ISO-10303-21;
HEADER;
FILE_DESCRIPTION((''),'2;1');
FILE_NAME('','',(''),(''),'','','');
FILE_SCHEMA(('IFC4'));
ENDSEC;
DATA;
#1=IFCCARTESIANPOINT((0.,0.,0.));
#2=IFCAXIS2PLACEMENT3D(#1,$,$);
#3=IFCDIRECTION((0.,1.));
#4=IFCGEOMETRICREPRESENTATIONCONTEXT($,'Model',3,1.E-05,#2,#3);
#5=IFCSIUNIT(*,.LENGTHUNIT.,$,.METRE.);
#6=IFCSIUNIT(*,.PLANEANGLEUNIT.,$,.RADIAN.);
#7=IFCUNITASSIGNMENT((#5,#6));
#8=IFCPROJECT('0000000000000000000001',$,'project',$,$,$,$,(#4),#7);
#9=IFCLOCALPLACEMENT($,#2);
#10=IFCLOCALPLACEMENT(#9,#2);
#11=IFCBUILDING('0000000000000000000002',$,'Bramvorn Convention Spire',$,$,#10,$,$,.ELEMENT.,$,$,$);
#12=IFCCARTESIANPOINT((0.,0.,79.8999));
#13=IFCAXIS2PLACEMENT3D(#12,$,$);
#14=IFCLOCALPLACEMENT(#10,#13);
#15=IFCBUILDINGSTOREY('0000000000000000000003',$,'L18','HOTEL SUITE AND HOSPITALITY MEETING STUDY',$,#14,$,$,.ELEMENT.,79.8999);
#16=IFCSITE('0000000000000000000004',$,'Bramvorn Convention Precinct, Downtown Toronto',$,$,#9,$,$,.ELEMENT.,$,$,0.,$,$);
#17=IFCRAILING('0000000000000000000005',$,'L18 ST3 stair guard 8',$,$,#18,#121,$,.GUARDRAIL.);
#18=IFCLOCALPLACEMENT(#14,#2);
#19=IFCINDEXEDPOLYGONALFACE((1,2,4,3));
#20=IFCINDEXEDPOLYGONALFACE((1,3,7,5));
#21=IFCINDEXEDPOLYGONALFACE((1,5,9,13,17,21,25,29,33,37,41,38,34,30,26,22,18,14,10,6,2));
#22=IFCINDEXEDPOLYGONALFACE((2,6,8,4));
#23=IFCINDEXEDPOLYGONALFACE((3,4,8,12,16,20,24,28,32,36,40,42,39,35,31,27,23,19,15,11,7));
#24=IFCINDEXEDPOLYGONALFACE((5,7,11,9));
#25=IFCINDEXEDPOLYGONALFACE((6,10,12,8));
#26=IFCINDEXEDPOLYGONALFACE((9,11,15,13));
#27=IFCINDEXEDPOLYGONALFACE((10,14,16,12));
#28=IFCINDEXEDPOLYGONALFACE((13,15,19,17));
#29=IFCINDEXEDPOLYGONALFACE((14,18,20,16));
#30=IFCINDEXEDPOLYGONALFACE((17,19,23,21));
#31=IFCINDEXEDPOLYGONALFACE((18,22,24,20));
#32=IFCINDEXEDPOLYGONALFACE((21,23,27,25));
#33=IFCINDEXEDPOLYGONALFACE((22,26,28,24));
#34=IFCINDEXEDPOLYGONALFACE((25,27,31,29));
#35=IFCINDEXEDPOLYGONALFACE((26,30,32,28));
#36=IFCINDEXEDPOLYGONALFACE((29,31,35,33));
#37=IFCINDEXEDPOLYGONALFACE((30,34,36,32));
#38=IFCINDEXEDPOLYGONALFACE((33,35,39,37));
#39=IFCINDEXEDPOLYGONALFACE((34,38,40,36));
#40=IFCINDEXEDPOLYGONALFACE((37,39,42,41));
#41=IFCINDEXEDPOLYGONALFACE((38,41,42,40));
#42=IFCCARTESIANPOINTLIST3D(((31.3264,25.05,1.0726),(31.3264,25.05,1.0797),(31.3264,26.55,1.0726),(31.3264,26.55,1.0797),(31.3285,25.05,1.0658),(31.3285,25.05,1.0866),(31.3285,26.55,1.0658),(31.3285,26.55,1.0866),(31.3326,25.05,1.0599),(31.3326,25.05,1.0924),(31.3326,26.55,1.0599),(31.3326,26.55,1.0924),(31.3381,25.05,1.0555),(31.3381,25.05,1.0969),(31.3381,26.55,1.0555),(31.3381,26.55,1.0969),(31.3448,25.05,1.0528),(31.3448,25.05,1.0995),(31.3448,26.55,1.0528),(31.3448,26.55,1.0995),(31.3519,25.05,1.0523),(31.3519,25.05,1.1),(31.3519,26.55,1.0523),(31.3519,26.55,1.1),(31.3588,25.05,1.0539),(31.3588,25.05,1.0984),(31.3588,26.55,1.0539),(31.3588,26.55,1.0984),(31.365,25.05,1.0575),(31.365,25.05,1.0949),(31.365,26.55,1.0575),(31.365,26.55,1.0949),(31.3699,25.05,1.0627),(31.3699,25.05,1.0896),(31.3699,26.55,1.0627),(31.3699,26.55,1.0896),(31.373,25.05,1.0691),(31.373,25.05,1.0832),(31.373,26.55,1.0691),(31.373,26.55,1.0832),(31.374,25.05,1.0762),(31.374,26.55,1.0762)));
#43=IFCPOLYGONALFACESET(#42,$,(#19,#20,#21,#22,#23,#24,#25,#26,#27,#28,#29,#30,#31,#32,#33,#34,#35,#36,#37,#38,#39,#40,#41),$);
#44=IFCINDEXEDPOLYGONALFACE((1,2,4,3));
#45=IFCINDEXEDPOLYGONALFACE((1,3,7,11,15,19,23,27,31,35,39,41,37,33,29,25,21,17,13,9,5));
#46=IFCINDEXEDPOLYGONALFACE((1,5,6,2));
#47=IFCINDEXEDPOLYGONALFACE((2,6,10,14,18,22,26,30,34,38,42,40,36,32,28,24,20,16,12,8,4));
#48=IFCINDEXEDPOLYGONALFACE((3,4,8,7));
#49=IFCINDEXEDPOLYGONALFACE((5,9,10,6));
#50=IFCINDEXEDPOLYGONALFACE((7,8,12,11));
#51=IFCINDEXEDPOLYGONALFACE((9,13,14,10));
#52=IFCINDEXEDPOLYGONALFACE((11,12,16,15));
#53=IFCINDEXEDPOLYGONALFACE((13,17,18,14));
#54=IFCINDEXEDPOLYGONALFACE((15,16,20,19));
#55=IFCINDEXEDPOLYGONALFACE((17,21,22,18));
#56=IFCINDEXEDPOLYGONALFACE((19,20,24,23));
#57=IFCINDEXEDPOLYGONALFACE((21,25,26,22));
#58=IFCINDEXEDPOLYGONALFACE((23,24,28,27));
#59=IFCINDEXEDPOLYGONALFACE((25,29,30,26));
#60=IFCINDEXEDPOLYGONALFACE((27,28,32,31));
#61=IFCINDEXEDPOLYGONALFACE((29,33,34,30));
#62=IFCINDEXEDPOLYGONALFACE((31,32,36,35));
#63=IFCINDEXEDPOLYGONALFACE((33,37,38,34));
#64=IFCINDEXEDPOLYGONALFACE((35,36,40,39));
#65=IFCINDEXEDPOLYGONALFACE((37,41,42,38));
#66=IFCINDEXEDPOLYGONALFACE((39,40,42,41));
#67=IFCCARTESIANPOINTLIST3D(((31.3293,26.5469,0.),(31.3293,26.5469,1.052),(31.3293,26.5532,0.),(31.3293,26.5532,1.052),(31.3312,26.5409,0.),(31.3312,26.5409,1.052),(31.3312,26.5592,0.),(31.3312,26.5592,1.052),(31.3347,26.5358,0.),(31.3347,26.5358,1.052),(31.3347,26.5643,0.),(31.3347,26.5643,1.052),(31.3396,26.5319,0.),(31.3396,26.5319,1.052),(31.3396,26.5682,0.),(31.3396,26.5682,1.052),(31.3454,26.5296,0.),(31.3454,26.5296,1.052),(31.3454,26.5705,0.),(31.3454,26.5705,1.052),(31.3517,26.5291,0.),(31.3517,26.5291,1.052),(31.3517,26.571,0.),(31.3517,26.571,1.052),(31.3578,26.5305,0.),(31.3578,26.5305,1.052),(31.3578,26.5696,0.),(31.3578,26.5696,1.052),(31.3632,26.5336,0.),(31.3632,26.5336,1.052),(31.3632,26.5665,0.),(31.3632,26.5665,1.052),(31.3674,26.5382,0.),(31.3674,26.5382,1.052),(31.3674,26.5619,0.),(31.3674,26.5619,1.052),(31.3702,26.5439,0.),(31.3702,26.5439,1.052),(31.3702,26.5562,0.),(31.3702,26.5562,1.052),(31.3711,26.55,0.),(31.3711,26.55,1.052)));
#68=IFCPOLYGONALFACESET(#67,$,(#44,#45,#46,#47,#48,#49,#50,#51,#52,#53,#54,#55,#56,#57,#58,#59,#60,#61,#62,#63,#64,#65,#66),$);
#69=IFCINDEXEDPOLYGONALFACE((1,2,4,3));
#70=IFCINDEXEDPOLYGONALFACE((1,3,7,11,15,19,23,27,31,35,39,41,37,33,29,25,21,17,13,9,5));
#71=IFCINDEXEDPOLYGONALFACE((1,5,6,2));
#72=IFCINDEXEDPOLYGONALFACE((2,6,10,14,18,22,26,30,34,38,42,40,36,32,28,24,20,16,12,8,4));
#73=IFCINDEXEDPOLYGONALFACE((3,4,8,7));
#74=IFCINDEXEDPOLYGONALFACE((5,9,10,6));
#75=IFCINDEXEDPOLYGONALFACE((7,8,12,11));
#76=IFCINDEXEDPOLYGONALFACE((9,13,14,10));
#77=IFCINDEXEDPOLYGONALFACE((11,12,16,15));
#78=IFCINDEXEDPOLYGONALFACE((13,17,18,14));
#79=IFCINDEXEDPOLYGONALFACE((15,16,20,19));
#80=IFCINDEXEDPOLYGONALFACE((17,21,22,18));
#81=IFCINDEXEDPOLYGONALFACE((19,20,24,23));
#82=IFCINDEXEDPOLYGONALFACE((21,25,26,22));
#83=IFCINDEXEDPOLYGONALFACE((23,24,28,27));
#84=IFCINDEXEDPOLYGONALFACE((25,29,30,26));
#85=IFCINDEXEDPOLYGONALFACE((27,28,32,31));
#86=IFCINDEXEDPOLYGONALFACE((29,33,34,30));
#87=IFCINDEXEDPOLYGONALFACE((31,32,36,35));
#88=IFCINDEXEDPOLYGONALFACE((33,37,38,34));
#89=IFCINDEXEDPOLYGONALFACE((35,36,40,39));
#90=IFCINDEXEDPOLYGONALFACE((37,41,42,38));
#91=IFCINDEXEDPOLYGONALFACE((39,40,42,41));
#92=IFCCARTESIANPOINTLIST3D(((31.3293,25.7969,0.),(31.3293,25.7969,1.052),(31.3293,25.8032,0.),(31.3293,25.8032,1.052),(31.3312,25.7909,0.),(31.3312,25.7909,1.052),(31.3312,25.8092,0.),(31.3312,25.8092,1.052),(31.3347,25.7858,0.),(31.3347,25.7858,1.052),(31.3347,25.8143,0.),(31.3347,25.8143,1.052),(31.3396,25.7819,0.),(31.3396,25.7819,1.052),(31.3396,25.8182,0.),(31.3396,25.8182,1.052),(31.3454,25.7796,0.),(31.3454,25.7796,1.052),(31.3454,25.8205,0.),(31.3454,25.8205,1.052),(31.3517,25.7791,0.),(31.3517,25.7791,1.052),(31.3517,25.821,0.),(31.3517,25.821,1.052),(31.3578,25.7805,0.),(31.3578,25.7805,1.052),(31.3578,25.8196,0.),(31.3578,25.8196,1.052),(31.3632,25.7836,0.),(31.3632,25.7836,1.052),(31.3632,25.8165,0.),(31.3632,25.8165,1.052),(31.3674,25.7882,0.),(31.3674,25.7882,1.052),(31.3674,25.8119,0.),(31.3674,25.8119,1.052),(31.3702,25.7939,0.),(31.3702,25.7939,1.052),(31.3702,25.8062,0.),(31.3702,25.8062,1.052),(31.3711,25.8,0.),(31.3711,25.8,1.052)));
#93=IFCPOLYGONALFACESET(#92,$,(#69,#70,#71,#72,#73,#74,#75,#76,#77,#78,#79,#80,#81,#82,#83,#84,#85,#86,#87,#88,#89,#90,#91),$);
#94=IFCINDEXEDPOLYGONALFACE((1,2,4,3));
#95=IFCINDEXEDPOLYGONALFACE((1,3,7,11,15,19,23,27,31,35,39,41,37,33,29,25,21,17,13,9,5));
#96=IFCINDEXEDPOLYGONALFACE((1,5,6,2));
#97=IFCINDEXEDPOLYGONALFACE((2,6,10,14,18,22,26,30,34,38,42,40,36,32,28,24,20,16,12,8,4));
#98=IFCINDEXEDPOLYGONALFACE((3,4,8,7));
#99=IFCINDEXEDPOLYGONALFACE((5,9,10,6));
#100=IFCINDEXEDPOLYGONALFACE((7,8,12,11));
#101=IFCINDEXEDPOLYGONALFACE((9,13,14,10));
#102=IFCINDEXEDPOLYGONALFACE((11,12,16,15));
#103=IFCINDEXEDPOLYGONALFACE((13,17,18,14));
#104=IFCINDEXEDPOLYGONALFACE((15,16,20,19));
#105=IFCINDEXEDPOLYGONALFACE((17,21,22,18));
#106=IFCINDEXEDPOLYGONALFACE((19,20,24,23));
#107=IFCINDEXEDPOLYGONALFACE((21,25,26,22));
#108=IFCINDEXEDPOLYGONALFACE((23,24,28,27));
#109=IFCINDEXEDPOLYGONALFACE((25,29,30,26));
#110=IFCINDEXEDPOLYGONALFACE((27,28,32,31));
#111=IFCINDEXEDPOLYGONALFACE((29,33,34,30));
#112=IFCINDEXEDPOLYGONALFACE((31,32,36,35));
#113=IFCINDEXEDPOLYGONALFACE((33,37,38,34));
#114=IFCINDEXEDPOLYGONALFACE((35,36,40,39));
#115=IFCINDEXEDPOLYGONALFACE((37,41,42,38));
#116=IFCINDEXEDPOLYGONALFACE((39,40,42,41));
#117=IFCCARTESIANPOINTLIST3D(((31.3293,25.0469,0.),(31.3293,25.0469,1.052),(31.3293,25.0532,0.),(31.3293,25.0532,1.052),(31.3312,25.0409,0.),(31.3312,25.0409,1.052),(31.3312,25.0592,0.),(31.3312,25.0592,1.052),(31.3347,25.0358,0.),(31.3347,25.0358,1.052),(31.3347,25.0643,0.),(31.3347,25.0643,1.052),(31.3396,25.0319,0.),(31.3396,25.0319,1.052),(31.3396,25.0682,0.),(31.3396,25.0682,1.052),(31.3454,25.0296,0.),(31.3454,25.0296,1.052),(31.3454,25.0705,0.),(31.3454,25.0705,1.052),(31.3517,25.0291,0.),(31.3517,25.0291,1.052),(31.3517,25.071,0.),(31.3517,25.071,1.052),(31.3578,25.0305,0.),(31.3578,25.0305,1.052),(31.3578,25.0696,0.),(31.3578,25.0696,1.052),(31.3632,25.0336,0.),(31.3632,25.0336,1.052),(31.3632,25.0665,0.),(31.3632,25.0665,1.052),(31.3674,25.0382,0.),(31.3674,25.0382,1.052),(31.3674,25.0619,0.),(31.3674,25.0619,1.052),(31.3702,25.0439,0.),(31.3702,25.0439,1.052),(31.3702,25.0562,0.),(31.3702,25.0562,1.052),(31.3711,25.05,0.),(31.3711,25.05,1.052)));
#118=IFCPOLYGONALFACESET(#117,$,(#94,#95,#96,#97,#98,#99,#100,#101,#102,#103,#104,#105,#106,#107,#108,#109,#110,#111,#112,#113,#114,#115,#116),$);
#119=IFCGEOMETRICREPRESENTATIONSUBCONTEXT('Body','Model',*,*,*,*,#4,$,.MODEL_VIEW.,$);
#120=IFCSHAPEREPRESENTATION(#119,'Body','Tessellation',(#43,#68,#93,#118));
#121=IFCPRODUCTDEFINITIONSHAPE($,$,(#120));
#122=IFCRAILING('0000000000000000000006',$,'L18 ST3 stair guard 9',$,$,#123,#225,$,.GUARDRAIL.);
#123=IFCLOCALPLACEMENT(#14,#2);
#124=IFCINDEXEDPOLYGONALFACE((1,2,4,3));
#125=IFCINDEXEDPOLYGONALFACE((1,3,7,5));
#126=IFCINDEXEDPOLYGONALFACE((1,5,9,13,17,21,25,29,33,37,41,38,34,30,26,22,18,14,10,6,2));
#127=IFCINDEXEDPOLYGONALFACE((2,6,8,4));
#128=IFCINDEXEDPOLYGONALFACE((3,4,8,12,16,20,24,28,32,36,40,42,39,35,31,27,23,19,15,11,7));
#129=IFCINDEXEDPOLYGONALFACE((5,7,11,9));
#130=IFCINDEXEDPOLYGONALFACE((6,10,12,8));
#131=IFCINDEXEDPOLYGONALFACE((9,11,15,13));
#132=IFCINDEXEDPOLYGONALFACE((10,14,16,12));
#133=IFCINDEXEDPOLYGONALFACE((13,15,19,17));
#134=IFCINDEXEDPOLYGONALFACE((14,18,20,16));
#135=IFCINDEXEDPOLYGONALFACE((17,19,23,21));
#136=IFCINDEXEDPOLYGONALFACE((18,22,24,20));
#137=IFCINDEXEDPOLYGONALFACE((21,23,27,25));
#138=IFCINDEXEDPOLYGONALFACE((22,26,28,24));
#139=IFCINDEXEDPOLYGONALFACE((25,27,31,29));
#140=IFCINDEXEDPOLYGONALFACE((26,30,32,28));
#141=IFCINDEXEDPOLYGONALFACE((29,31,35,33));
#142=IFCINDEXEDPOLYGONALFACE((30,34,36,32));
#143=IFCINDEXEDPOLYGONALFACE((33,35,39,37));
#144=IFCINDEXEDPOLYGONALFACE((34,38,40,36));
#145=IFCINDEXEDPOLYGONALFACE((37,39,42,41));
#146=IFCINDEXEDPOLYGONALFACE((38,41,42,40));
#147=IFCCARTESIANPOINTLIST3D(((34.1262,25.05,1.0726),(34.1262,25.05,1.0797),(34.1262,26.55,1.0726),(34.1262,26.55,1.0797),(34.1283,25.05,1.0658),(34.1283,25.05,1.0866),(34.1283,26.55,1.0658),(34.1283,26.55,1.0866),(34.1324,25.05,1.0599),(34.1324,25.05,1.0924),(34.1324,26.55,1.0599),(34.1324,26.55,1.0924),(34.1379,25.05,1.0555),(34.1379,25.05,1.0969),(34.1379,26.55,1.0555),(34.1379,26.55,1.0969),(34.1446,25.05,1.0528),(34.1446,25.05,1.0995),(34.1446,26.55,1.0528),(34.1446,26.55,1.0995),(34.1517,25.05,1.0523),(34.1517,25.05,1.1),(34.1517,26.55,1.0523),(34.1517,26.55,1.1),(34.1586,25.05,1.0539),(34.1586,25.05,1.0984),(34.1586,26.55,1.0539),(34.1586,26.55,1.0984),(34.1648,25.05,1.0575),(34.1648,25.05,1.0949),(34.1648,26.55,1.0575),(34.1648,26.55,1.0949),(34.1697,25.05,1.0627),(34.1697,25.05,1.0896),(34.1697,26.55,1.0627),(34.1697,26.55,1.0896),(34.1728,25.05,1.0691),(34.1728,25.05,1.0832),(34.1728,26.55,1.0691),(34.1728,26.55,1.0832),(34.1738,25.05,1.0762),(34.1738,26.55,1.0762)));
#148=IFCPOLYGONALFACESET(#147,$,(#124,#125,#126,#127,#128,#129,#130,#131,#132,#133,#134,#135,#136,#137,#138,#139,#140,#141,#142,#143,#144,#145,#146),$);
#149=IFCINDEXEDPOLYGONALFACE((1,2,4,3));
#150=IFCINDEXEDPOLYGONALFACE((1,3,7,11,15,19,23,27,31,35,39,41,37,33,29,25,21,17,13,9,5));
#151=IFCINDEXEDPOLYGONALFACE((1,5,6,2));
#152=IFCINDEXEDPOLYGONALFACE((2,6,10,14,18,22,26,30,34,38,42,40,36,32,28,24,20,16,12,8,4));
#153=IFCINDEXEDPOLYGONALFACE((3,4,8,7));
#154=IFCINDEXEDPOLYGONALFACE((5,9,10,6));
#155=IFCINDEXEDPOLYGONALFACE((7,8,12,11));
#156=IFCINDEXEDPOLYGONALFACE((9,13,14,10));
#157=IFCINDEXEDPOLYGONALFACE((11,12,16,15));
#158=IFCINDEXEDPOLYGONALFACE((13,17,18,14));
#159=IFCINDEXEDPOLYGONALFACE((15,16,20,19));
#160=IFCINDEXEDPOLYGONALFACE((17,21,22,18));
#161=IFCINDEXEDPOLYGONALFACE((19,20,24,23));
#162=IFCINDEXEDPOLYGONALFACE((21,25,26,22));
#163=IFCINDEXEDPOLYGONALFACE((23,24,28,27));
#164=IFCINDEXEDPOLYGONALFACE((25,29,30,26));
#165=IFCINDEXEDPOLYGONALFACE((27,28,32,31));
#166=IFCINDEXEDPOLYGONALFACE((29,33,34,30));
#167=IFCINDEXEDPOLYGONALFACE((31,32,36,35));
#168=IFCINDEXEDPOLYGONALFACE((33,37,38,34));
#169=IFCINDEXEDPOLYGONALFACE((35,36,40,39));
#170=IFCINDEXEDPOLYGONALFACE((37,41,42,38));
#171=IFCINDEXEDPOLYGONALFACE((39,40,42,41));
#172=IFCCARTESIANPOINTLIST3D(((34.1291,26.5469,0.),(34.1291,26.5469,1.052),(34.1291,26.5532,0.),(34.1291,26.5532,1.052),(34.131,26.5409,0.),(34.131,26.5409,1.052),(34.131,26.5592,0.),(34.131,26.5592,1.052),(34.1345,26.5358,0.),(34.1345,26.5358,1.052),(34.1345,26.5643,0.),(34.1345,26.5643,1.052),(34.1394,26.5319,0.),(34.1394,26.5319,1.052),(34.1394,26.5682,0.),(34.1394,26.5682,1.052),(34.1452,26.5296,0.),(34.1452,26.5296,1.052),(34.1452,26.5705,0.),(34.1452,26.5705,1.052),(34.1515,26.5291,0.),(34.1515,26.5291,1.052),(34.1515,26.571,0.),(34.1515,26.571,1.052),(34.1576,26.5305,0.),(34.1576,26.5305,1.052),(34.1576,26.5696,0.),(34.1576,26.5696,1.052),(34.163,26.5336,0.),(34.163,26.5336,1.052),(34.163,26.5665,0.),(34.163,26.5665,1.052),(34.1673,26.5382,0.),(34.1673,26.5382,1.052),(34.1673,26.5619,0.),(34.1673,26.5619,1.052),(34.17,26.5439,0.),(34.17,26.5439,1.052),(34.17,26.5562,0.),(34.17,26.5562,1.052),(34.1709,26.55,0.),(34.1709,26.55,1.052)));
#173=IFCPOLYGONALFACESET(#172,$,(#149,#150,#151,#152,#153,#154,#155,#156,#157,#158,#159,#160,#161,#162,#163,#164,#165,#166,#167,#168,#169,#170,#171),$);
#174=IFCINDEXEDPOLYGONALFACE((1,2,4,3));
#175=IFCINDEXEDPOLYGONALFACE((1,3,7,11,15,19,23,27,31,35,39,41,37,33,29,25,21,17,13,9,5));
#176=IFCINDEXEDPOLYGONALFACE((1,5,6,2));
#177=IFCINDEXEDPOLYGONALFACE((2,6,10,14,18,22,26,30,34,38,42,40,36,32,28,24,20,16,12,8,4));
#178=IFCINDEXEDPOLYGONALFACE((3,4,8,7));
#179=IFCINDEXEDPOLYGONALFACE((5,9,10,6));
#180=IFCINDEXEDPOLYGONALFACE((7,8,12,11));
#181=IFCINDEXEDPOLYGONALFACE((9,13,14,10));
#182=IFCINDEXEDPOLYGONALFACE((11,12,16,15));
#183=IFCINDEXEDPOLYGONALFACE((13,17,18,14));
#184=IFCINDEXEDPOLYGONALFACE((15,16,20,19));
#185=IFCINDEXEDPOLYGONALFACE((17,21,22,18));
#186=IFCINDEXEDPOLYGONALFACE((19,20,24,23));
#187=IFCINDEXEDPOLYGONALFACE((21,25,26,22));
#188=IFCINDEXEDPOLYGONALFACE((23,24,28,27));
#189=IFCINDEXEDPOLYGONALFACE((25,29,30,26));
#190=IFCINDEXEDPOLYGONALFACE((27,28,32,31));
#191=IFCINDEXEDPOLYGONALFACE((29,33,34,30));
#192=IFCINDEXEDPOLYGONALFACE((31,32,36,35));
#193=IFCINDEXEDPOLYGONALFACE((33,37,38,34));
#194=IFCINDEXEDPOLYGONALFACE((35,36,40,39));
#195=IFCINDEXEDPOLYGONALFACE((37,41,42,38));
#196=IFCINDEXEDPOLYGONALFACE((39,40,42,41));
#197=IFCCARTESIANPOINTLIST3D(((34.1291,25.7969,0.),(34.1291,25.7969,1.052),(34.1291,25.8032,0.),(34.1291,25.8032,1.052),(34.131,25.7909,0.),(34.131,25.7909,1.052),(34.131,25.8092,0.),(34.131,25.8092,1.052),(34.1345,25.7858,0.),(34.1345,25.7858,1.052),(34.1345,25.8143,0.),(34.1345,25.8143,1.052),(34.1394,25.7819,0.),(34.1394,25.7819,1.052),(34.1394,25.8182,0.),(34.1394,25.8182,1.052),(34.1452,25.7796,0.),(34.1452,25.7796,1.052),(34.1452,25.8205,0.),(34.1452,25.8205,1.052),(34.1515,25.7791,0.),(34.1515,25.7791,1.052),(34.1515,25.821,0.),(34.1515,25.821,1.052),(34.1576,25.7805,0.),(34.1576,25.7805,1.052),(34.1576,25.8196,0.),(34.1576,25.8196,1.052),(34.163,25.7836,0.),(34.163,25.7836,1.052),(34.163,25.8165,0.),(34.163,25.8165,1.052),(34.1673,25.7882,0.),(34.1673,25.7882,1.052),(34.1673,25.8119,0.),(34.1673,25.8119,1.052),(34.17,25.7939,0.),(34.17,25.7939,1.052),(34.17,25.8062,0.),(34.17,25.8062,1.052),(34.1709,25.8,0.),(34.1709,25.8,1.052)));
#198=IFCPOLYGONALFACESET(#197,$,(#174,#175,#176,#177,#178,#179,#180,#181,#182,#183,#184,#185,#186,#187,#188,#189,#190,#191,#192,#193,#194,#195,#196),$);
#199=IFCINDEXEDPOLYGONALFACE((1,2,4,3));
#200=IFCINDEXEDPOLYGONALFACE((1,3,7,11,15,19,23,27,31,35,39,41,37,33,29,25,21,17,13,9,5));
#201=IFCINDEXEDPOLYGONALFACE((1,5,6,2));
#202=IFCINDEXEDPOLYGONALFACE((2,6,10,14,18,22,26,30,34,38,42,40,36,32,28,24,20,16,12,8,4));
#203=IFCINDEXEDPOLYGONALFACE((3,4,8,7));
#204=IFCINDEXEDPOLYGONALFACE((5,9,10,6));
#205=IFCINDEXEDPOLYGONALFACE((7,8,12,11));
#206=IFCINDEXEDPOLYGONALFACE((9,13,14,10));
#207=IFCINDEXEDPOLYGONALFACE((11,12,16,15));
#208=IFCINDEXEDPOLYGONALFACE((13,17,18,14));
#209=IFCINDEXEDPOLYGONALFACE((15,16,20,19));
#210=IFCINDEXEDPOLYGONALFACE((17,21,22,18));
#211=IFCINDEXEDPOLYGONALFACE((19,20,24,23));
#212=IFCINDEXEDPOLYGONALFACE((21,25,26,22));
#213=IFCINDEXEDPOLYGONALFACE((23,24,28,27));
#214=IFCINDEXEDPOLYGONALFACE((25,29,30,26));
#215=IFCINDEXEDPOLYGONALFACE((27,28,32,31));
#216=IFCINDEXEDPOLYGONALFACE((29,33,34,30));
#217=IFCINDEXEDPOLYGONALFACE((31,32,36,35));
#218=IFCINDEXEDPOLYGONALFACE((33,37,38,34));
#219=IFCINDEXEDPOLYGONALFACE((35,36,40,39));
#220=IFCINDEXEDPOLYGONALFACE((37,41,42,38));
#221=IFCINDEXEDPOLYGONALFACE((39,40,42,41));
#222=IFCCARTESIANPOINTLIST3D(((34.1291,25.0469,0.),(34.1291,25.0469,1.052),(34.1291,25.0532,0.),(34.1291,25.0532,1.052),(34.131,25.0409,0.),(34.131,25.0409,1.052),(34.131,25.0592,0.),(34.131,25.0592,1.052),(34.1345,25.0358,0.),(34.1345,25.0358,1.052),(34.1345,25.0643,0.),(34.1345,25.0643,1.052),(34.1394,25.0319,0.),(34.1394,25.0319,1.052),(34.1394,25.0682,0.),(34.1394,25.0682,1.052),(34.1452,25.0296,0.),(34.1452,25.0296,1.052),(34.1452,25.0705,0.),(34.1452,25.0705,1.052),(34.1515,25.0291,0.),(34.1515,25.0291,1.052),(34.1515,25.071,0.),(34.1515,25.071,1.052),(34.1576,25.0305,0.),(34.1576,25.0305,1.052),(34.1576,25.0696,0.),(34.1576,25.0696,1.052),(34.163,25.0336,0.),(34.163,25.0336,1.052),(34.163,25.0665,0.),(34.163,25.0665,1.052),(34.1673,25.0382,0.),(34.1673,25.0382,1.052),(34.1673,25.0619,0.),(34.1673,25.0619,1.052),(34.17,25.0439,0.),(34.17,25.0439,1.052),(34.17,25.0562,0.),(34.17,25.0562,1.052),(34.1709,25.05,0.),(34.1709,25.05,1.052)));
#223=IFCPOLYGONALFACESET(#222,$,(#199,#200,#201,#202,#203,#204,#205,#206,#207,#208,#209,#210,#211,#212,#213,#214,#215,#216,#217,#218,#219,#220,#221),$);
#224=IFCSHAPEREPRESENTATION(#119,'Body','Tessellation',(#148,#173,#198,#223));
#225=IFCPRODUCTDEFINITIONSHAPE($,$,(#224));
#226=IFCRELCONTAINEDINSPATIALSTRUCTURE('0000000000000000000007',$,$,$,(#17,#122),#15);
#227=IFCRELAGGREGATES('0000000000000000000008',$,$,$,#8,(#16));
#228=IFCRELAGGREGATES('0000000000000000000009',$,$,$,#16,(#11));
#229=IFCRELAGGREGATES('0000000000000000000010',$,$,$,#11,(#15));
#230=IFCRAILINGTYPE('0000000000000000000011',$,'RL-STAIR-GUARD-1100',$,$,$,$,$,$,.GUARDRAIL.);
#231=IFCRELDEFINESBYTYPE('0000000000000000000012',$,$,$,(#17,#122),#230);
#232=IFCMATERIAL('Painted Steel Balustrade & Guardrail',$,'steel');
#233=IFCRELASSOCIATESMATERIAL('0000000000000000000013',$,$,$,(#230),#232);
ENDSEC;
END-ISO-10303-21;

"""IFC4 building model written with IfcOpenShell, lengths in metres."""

from ifc_helpers import new_model, si_unit, direction, frame, origin, origin_2d, place, context, subcontext, project, spatial, circle, extrude, material, type_object, element, save


model = new_model("IFC4")

# Units and contexts
model_context = context("Model", 3, precision=1e-05, world=origin(), true_north=direction((0.0, 1.0)))
body_context = subcontext(model_context, "Body", "Model", "MODEL_VIEW")
ifc_project = project(units=[si_unit("LENGTHUNIT", "METRE"), si_unit("PLANEANGLEUNIT", "RADIAN")], contexts=[model_context])

# Site, building, storey
site_placement = place(None, origin())
site = spatial("IfcSite", under=ifc_project, at=site_placement, Name="Bramvorn Convention Precinct, Downtown Toronto", CompositionType="ELEMENT", RefElevation=0.0)
building_placement = place(site_placement, origin())
building = spatial("IfcBuilding", under=site, at=building_placement, Name="Bramvorn Convention Spire", CompositionType="ELEMENT")
storey_placement = place(building_placement, frame((0.0, 0.0, 79.8999)))
storey = spatial("IfcBuildingStorey", under=building, at=storey_placement, Name="L18", Description="HOTEL SUITE AND HOSPITALITY MEETING STUDY", CompositionType="ELEMENT", Elevation=79.8999)

# Railings
ifc_material_1 = material(Name="Painted Steel Balustrade & Guardrail", Category="steel")
railing_type = type_object("IfcRailingType", Name="RL-STAIR-GUARD-1100", PredefinedType="GUARDRAIL", material=ifc_material_1)
for number, where, name in (
    (1, (31.3501, 26.55, 0.0), "L18 ST3 stair guard 8"),
    (2, (34.1499, 26.55, 0.0), "L18 ST3 stair guard 9"),
):
    element("IfcRailing", number, at=place(storey_placement, frame(where)), inside=storey, type_object=railing_type, Name=name, PredefinedType="GUARDRAIL", context=body_context, shape_type="SweptSolid", body=[
        extrude(circle(Radius=0.0239, at=origin_2d()), frame((0.0, 0.0, 1.0762), z_axis=(0.0, -1.0, 0.0), x_axis=(1.0, 0.0, 0.0)), (0.0, 0.0, 1.0), 1.5),
        extrude(circle(Radius=0.021, at=origin_2d()), origin(), (0.0, 0.0, 1.0), 1.052),
        extrude(circle(Radius=0.021, at=origin_2d()), frame((0.0, -0.75, 0.0)), (0.0, 0.0, 1.0), 1.052),
        extrude(circle(Radius=0.021, at=origin_2d()), frame((0.0, -1.5, 0.0)), (0.0, 0.0, 1.0), 1.052),
    ])

save(model, "model.ifc")
